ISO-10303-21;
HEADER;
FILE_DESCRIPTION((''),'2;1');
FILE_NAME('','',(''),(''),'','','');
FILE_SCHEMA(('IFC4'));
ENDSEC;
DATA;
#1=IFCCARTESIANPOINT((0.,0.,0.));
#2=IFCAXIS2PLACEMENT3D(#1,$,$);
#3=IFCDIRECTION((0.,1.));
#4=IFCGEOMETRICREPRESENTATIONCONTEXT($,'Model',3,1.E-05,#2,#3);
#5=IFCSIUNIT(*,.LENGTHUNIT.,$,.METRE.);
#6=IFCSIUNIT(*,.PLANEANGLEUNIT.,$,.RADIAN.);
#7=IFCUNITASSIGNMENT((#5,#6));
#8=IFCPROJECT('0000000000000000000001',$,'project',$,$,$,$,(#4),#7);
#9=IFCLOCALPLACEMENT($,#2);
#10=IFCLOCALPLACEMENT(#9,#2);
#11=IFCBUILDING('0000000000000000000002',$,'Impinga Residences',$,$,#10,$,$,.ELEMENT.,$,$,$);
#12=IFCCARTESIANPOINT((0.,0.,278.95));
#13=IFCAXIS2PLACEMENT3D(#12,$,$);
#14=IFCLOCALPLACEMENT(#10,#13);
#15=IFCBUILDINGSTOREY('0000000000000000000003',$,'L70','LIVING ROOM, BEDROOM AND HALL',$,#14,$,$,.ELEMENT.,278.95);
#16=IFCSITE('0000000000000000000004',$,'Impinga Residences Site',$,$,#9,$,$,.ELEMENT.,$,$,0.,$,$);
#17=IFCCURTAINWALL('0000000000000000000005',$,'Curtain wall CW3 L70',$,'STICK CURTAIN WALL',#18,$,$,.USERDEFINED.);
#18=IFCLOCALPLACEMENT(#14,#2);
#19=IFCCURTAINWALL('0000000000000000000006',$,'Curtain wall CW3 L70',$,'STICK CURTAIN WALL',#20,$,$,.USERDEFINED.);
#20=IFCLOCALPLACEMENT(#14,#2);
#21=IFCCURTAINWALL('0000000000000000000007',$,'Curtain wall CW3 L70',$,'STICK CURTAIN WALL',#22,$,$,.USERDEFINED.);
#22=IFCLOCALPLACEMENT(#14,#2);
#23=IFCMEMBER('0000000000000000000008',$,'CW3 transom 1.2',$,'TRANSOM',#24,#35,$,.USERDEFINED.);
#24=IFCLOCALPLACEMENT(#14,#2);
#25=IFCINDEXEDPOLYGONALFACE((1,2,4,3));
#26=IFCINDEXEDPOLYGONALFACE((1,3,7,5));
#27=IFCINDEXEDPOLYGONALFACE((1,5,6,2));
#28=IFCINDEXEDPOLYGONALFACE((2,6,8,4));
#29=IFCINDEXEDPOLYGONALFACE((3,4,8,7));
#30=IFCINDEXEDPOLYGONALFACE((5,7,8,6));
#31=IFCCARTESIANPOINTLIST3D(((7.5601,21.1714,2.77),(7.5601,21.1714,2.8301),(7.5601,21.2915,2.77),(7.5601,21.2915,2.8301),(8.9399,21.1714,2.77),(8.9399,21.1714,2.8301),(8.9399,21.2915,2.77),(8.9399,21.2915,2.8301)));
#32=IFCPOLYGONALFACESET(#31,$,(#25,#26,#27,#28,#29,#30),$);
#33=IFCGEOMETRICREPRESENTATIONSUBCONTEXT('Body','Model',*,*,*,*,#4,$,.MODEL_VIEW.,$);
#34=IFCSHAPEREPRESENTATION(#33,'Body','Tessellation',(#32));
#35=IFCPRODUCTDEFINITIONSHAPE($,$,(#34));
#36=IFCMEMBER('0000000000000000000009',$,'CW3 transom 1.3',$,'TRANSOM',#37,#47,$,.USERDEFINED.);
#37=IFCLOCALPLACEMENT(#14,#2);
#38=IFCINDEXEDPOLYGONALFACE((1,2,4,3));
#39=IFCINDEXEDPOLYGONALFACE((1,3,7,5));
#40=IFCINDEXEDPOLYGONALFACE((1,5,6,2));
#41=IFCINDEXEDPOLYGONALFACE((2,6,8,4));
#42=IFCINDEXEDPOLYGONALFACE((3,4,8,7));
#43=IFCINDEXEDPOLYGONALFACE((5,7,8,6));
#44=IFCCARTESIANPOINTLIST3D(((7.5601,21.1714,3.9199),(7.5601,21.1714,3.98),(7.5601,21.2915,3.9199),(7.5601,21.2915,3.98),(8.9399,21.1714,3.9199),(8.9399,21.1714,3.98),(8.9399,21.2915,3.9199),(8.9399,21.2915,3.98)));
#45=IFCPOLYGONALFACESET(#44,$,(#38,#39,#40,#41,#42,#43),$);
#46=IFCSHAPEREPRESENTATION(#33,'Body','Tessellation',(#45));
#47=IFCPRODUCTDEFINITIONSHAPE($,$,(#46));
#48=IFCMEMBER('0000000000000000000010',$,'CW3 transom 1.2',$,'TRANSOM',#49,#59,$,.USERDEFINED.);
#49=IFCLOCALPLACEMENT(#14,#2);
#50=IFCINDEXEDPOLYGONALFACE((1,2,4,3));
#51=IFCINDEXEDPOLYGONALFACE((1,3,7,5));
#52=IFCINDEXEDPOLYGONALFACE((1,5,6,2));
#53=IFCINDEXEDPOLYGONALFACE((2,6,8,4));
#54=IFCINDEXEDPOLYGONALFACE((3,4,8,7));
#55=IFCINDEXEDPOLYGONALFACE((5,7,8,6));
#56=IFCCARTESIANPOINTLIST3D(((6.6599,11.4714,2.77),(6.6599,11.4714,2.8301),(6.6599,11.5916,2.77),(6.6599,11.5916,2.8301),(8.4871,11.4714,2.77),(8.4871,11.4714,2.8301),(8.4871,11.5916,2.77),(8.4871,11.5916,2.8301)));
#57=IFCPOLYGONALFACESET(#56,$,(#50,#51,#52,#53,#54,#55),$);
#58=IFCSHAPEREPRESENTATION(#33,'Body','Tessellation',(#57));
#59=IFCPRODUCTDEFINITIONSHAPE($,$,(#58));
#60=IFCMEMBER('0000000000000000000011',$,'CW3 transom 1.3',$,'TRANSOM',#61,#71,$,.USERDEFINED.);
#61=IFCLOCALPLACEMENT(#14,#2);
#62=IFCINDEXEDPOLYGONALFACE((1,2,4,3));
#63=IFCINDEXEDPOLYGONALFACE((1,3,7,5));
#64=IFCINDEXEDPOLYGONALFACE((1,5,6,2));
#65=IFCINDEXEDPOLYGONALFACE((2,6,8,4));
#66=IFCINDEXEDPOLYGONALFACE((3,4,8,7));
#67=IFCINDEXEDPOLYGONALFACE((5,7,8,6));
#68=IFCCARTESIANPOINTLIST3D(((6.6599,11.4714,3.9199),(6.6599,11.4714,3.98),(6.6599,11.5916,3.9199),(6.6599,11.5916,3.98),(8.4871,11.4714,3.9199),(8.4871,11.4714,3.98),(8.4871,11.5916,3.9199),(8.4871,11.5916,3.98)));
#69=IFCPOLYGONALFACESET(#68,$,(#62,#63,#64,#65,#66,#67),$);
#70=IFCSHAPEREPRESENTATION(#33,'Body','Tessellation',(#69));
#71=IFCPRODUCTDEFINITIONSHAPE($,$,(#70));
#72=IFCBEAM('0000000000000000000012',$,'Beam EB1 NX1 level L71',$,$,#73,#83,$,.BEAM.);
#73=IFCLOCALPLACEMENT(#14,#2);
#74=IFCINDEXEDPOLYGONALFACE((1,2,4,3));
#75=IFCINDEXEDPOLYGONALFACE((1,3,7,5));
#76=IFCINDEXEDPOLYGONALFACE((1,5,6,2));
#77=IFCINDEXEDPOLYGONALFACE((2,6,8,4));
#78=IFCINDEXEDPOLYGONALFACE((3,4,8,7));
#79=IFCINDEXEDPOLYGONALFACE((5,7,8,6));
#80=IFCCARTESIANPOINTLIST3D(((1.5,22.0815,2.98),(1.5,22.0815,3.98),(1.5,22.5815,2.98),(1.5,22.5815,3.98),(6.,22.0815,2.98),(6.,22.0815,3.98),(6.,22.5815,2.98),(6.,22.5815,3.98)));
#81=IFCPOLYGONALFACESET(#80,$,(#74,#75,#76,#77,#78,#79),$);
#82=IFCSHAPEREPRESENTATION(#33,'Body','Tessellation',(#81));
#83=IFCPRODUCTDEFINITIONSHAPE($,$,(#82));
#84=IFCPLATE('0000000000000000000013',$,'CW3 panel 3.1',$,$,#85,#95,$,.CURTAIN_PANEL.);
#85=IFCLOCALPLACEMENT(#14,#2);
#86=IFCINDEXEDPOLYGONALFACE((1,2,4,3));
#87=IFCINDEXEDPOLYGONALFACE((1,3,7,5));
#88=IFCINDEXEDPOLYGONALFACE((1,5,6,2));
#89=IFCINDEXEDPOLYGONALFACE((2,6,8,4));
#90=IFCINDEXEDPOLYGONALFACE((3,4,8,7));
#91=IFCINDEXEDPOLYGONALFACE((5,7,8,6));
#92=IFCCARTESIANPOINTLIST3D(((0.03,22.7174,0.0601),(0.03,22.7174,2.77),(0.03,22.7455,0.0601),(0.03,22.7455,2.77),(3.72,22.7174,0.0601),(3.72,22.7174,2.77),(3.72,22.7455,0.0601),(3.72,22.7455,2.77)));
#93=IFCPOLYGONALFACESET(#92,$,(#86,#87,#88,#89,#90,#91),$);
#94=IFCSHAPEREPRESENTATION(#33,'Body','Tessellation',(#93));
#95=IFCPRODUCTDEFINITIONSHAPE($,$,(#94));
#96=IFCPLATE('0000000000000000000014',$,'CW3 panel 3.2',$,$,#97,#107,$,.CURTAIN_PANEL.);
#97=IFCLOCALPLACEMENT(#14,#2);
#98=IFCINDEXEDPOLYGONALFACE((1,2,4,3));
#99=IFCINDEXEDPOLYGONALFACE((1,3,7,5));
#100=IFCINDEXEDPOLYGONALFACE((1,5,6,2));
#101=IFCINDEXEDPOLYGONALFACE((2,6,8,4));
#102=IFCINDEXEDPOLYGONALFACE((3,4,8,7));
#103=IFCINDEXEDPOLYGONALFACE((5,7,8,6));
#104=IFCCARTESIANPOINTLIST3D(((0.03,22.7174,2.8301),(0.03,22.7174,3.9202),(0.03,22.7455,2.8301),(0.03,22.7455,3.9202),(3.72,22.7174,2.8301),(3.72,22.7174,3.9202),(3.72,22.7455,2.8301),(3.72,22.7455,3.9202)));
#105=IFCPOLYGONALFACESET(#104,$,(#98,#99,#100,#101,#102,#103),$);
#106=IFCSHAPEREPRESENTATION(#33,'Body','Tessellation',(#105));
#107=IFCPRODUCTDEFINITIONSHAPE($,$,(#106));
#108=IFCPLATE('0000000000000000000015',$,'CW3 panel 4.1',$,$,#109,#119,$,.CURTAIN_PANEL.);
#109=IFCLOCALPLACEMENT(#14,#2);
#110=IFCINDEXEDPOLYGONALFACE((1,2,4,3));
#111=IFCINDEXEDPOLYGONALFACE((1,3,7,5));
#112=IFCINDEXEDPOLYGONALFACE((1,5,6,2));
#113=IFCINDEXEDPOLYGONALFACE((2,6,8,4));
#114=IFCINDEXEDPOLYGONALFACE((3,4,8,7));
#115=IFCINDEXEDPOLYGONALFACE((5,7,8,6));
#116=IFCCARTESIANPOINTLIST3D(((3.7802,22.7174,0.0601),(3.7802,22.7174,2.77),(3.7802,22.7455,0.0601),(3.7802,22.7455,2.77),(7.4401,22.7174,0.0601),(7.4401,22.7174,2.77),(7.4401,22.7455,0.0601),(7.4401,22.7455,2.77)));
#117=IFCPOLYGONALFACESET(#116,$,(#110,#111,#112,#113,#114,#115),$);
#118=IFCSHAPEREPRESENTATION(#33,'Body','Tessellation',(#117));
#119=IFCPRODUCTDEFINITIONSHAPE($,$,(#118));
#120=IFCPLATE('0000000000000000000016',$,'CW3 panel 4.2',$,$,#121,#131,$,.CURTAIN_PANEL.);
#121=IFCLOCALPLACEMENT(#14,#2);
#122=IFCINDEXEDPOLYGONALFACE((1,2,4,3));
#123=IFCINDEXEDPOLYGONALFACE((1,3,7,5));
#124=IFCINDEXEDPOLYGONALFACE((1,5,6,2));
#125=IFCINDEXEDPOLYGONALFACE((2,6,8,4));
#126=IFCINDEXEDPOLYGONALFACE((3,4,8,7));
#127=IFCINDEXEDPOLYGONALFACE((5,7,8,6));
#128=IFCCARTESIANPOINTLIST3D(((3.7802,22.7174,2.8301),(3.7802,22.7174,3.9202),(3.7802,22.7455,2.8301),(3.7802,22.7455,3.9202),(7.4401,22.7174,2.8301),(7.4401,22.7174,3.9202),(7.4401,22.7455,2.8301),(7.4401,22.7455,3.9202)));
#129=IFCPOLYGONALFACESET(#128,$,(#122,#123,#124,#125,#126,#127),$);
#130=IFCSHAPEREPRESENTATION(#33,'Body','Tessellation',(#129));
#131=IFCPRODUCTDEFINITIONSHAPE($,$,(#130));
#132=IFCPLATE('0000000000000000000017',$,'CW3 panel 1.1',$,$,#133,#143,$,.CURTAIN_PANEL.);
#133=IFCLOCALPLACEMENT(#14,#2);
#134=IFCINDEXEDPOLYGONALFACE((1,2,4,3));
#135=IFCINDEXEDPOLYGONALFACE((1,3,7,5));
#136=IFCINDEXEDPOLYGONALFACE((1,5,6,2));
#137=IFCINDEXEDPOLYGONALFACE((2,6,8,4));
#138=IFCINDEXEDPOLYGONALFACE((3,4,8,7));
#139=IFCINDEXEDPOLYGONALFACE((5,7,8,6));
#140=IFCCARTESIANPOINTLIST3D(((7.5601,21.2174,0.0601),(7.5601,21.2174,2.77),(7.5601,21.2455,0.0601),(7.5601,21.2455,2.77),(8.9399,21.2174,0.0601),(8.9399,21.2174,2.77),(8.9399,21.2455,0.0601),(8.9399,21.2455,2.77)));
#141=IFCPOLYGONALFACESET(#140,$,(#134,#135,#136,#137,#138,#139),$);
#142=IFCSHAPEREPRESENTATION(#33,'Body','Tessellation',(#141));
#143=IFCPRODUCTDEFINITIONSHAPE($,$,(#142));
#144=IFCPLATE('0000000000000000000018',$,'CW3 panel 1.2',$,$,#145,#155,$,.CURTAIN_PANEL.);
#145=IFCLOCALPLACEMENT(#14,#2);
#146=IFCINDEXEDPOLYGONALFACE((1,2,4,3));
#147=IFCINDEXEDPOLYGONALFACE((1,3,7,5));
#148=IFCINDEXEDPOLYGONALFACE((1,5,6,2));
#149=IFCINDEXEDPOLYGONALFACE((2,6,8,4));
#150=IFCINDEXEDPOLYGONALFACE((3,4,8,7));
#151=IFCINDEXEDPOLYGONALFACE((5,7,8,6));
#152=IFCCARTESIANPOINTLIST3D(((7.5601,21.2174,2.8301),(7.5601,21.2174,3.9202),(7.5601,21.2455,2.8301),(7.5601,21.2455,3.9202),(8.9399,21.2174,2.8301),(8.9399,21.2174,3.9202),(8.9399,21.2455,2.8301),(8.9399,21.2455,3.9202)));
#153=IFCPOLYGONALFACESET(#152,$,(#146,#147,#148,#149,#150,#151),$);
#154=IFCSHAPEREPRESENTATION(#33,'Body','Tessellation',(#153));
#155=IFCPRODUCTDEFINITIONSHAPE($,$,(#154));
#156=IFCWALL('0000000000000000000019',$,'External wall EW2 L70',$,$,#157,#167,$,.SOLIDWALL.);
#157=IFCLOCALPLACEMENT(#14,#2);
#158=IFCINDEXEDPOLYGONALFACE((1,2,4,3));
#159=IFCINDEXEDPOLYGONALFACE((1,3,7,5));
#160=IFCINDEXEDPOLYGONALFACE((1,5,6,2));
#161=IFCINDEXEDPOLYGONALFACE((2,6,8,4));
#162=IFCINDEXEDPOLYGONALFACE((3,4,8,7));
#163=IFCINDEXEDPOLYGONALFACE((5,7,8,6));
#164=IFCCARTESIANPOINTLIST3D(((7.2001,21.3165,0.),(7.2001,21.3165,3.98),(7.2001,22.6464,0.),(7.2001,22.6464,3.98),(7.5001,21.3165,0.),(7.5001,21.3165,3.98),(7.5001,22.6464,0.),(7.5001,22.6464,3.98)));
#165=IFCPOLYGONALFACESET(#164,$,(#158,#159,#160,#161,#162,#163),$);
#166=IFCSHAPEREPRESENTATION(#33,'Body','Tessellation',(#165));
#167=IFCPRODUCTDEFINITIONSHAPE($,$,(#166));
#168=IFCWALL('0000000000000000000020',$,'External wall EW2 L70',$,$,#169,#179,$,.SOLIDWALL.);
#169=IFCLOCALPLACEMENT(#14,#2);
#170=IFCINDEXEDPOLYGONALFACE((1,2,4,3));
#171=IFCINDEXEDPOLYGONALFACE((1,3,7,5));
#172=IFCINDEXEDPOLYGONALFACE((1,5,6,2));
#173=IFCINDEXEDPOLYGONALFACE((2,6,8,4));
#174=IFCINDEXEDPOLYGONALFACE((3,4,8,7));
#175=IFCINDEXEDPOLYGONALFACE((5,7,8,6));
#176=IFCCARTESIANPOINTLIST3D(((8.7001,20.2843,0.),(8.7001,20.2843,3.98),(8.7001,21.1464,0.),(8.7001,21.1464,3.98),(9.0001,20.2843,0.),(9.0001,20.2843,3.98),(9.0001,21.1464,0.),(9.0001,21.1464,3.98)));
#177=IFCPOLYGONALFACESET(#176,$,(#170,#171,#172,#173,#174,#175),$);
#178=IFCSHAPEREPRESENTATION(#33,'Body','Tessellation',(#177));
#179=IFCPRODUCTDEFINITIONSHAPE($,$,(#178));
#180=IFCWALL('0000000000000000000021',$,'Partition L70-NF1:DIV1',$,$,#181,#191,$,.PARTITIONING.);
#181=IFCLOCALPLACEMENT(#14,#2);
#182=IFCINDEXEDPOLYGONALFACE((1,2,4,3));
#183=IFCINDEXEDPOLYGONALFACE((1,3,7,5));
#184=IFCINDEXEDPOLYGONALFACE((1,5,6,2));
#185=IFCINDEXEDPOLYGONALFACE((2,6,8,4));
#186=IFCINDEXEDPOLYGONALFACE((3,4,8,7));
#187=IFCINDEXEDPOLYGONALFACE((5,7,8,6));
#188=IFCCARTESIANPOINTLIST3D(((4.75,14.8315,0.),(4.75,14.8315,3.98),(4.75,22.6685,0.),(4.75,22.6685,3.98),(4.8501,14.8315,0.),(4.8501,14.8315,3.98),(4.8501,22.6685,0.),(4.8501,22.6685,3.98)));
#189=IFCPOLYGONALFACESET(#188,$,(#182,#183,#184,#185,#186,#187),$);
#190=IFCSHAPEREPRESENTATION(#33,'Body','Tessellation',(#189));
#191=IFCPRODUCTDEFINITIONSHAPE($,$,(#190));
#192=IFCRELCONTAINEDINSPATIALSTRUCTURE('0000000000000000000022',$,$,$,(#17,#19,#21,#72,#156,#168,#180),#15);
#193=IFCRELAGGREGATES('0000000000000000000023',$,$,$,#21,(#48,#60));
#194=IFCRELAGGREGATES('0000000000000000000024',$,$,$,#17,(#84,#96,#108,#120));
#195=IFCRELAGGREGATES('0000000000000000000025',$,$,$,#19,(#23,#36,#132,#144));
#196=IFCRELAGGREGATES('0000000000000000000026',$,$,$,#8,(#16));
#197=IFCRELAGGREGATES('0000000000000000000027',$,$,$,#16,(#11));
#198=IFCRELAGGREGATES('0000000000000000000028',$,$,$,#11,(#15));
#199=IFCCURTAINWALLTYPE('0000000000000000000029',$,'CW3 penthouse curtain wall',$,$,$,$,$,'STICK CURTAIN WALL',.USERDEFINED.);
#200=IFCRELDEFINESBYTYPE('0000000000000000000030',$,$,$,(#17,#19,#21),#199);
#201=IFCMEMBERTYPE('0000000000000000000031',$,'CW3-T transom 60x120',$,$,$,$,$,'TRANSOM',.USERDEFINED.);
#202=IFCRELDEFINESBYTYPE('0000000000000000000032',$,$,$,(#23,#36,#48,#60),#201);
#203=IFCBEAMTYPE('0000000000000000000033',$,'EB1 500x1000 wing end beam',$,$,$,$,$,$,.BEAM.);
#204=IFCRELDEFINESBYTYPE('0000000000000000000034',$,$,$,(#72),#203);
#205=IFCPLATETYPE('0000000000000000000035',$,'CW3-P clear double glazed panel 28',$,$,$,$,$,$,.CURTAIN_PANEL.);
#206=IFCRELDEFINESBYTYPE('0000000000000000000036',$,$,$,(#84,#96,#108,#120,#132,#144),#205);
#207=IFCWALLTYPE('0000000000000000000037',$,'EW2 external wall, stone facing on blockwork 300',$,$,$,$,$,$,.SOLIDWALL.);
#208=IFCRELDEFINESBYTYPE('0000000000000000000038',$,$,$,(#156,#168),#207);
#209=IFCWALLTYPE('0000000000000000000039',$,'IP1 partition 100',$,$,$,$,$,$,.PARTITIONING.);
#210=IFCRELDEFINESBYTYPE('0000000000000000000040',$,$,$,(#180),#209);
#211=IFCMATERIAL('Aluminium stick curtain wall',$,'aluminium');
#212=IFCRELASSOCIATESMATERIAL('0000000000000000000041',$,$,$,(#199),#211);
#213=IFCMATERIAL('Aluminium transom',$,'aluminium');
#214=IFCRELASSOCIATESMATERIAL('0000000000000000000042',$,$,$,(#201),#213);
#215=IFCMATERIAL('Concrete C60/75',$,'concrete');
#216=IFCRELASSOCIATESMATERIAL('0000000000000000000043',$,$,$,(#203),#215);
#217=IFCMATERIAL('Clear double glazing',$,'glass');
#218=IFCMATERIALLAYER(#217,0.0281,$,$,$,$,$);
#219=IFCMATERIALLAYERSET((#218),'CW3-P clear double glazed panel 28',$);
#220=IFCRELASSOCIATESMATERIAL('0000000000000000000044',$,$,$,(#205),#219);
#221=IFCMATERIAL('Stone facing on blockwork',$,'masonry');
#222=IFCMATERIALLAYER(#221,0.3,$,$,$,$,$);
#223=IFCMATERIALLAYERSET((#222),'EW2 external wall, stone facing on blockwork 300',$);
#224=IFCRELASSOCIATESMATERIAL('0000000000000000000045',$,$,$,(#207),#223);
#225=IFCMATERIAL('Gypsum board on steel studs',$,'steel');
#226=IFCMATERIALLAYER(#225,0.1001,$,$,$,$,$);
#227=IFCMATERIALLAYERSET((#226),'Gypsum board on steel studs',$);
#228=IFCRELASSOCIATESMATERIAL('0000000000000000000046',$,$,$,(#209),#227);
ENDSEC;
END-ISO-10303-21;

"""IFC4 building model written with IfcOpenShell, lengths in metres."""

from ifc_helpers import new_model, si_unit, direction, frame, frame_2d, origin, origin_2d, place, context, subcontext, project, spatial, rectangle, extrude, material, layer, layer_set, material_profile, profile_set, type_object, element, aggregate, save


model = new_model("IFC4")

# Units and contexts
model_context = context("Model", 3, precision=1e-05, world=origin(), true_north=direction((0.0, 1.0)))
body_context = subcontext(model_context, "Body", "Model", "MODEL_VIEW")
ifc_project = project(units=[si_unit("LENGTHUNIT", "METRE"), si_unit("PLANEANGLEUNIT", "RADIAN")], contexts=[model_context])

# Site, building, storey
site_placement = place(None, origin())
site = spatial("IfcSite", under=ifc_project, at=site_placement, Name="Impinga Residences Site", CompositionType="ELEMENT", RefElevation=0.0)
building_placement = place(site_placement, origin())
building = spatial("IfcBuilding", under=site, at=building_placement, Name="Impinga Residences", CompositionType="ELEMENT")
storey_placement = place(building_placement, frame((0.0, 0.0, 278.95)))
storey = spatial("IfcBuildingStorey", under=building, at=storey_placement, Name="L70", Description="LIVING ROOM, BEDROOM AND HALL", CompositionType="ELEMENT", Elevation=278.95)

# Shared definitions
ifc_material_1 = material(Name="Concrete C60/75", Category="concrete")

# Curtain walls
ifc_material_2 = material(Name="Aluminium stick curtain wall", Category="aluminium")
curtain_wall_type = type_object("IfcCurtainWallType", Name="CW3 penthouse curtain wall", ElementType="STICK CURTAIN WALL", PredefinedType="USERDEFINED", material=ifc_material_2)
curtain_wall_1_placement = place(storey_placement, origin())
curtain_wall_1 = element("IfcCurtainWall", 1, at=curtain_wall_1_placement, inside=storey, type_object=curtain_wall_type, Name="Curtain wall CW3 L70", ObjectType="STICK CURTAIN WALL", PredefinedType="USERDEFINED")
curtain_wall_2_placement = place(storey_placement, origin())
curtain_wall_2 = element("IfcCurtainWall", 2, at=curtain_wall_2_placement, inside=storey, type_object=curtain_wall_type, Name="Curtain wall CW3 L70", ObjectType="STICK CURTAIN WALL", PredefinedType="USERDEFINED")

# Curtain wall
curtain_wall_3_placement = place(storey_placement, origin())
curtain_wall_3 = element("IfcCurtainWall", 3, at=curtain_wall_3_placement, inside=storey, type_object=curtain_wall_type, Name="Curtain wall CW3 L70", ObjectType="STICK CURTAIN WALL", PredefinedType="USERDEFINED")

# Members
ifc_material_3 = material(Name="Aluminium transom", Category="aluminium")
ifc_material_profile_1 = material_profile(ifc_material_3, rectangle(XDim=0.0601, YDim=0.1201, at=origin_2d()), Name="60x120 transom")
ifc_profile_set_1 = profile_set([ifc_material_profile_1], Name="Aluminium transom")
member_type_1 = type_object("IfcMemberType", Name="CW3-T transom 60x120", ElementType="TRANSOM", PredefinedType="USERDEFINED", material=ifc_profile_set_1)
member_1_placement = place(storey_placement, frame((7.5601, 21.2314, 2.8), z_axis=(1.0, 0.0, 0.0), x_axis=(0.0, 0.0, 1.0)))
member_1 = element("IfcMember", 4, at=member_1_placement, type_object=member_type_1, Name="CW3 transom 1.2", ObjectType="TRANSOM", PredefinedType="USERDEFINED", context=body_context, shape_type="SweptSolid", body=[
    extrude(rectangle(XDim=0.0601, YDim=0.1201, at=origin_2d()), origin(), (0.0, 0.0, 1.0), 1.3799),
])
member_2_placement = place(storey_placement, frame((7.5601, 21.2314, 3.95), z_axis=(1.0, 0.0, 0.0), x_axis=(0.0, 0.0, 1.0)))
member_2 = element("IfcMember", 5, at=member_2_placement, type_object=member_type_1, Name="CW3 transom 1.3", ObjectType="TRANSOM", PredefinedType="USERDEFINED", context=body_context, shape_type="SweptSolid", body=[
    extrude(rectangle(XDim=0.0601, YDim=0.1201, at=origin_2d()), origin(), (0.0, 0.0, 1.0), 1.3799),
])
member_3_placement = place(storey_placement, frame((8.4871, 11.5315, 2.8), z_axis=(-1.0, 0.0, 0.0), x_axis=(0.0, 0.0, 1.0)))
member_3 = element("IfcMember", 6, at=member_3_placement, type_object=member_type_1, Name="CW3 transom 1.2", ObjectType="TRANSOM", PredefinedType="USERDEFINED", context=body_context, shape_type="SweptSolid", body=[
    extrude(rectangle(XDim=0.0601, YDim=0.1201, at=origin_2d()), origin(), (0.0, 0.0, 1.0), 1.8271),
])
member_4_placement = place(storey_placement, frame((8.4871, 11.5315, 3.95), z_axis=(-1.0, 0.0, 0.0), x_axis=(0.0, 0.0, 1.0)))
member_4 = element("IfcMember", 7, at=member_4_placement, type_object=member_type_1, Name="CW3 transom 1.3", ObjectType="TRANSOM", PredefinedType="USERDEFINED", context=body_context, shape_type="SweptSolid", body=[
    extrude(rectangle(XDim=0.0601, YDim=0.1201, at=origin_2d()), origin(), (0.0, 0.0, 1.0), 1.8271),
])
aggregate(curtain_wall_3, [member_3, member_4])

# Beam
ifc_material_profile_2 = material_profile(ifc_material_1, rectangle(XDim=0.5, YDim=1.0, at=origin_2d()), Name="RC 500x1000")
ifc_profile_set_2 = profile_set([ifc_material_profile_2], Name="Concrete C60/75")
beam_type_1 = type_object("IfcBeamType", Name="EB1 500x1000 wing end beam", PredefinedType="BEAM", material=ifc_profile_set_2)
beam_1_placement = place(storey_placement, frame((1.5, 22.3315, 3.48), z_axis=(1.0, 0.0, 0.0), x_axis=(0.0, 1.0, 0.0)))
element("IfcBeam", 8, at=beam_1_placement, inside=storey, type_object=beam_type_1, Name="Beam EB1 NX1 level L71", PredefinedType="BEAM", context=body_context, shape_type="SweptSolid", body=[
    extrude(rectangle(XDim=0.5, YDim=1.0, at=origin_2d()), origin(), (0.0, 0.0, 1.0), 4.5),
])

# Plates
ifc_material_4 = material(Name="Clear double glazing", Category="glass")
ifc_layer_1 = layer(ifc_material_4, 0.0281)
ifc_layer_set_1 = layer_set([ifc_layer_1], Name="CW3-P clear double glazed panel 28")
plate_type = type_object("IfcPlateType", Name="CW3-P clear double glazed panel 28", PredefinedType="CURTAIN_PANEL", material=ifc_layer_set_1)
plate_1_placement = place(storey_placement, frame((1.875, 22.7314, 0.0601), z_axis=(0.0, 0.0, 1.0), x_axis=(1.0, 0.0, 0.0)))
plate_1 = element("IfcPlate", 9, at=plate_1_placement, type_object=plate_type, Name="CW3 panel 3.1", PredefinedType="CURTAIN_PANEL", context=body_context, shape_type="SweptSolid", body=[
    extrude(rectangle(XDim=3.6899, YDim=0.0281, at=origin_2d()), origin(), (0.0, 0.0, 1.0), 2.71),
])
plate_2_placement = place(storey_placement, frame((1.875, 22.7314, 2.8301), z_axis=(0.0, 0.0, 1.0), x_axis=(1.0, 0.0, 0.0)))
plate_2 = element("IfcPlate", 10, at=plate_2_placement, type_object=plate_type, Name="CW3 panel 3.2", PredefinedType="CURTAIN_PANEL", context=body_context, shape_type="SweptSolid", body=[
    extrude(rectangle(XDim=3.6899, YDim=0.0281, at=origin_2d()), origin(), (0.0, 0.0, 1.0), 1.0901),
])
plate_3_placement = place(storey_placement, frame((5.6101, 22.7314, 0.0601), z_axis=(0.0, 0.0, 1.0), x_axis=(1.0, 0.0, 0.0)))
plate_3 = element("IfcPlate", 11, at=plate_3_placement, type_object=plate_type, Name="CW3 panel 4.1", PredefinedType="CURTAIN_PANEL", context=body_context, shape_type="SweptSolid", body=[
    extrude(rectangle(XDim=3.6599, YDim=0.0281, at=origin_2d()), origin(), (0.0, 0.0, 1.0), 2.71),
])
plate_4_placement = place(storey_placement, frame((5.6101, 22.7314, 2.8301), z_axis=(0.0, 0.0, 1.0), x_axis=(1.0, 0.0, 0.0)))
plate_4 = element("IfcPlate", 12, at=plate_4_placement, type_object=plate_type, Name="CW3 panel 4.2", PredefinedType="CURTAIN_PANEL", context=body_context, shape_type="SweptSolid", body=[
    extrude(rectangle(XDim=3.6599, YDim=0.0281, at=origin_2d()), origin(), (0.0, 0.0, 1.0), 1.0901),
])
aggregate(curtain_wall_1, [plate_1, plate_2, plate_3, plate_4])
plate_5_placement = place(storey_placement, frame((8.25, 21.2314, 0.0601), z_axis=(0.0, 0.0, 1.0), x_axis=(1.0, 0.0, 0.0)))
plate_5 = element("IfcPlate", 13, at=plate_5_placement, type_object=plate_type, Name="CW3 panel 1.1", PredefinedType="CURTAIN_PANEL", context=body_context, shape_type="SweptSolid", body=[
    extrude(rectangle(XDim=1.3799, YDim=0.0281, at=origin_2d()), origin(), (0.0, 0.0, 1.0), 2.71),
])
plate_6_placement = place(storey_placement, frame((8.25, 21.2314, 2.8301), z_axis=(0.0, 0.0, 1.0), x_axis=(1.0, 0.0, 0.0)))
plate_6 = element("IfcPlate", 14, at=plate_6_placement, type_object=plate_type, Name="CW3 panel 1.2", PredefinedType="CURTAIN_PANEL", context=body_context, shape_type="SweptSolid", body=[
    extrude(rectangle(XDim=1.3799, YDim=0.0281, at=origin_2d()), origin(), (0.0, 0.0, 1.0), 1.0901),
])
aggregate(curtain_wall_2, [member_1, member_2, plate_5, plate_6])

# Walls
ifc_material_5 = material(Name="Stone facing on blockwork", Category="masonry")
ifc_layer_2 = layer(ifc_material_5, 0.3)
ifc_layer_set_2 = layer_set([ifc_layer_2], Name="EW2 external wall, stone facing on blockwork 300")
wall_type_1 = type_object("IfcWallType", Name="EW2 external wall, stone facing on blockwork 300", PredefinedType="SOLIDWALL", material=ifc_layer_set_2)
wall_1_placement = place(storey_placement, frame((7.3501, 22.6465, 0.0), z_axis=(0.0, 0.0, 1.0), x_axis=(0.0, -1.0, 0.0)))
element("IfcWall", 15, at=wall_1_placement, inside=storey, type_object=wall_type_1, Name="External wall EW2 L70", PredefinedType="SOLIDWALL", context=body_context, shape_type="SweptSolid", body=[
    extrude(rectangle(XDim=1.3298, YDim=0.3, at=frame_2d((0.665, 0.0))), origin(), (0.0, 0.0, 1.0), 3.98),
])
wall_2_placement = place(storey_placement, frame((8.8501, 21.1465, 0.0), z_axis=(0.0, 0.0, 1.0), x_axis=(0.0, -1.0, 0.0)))
element("IfcWall", 16, at=wall_2_placement, inside=storey, type_object=wall_type_1, Name="External wall EW2 L70", PredefinedType="SOLIDWALL", context=body_context, shape_type="SweptSolid", body=[
    extrude(rectangle(XDim=0.8621, YDim=0.3, at=frame_2d((0.4312, 0.0))), origin(), (0.0, 0.0, 1.0), 3.98),
])
ifc_material_6 = material(Name="Gypsum board on steel studs", Category="steel")
ifc_layer_3 = layer(ifc_material_6, 0.1001)
ifc_layer_set_3 = layer_set([ifc_layer_3], Name="Gypsum board on steel studs")
wall_type_2 = type_object("IfcWallType", Name="IP1 partition 100", PredefinedType="PARTITIONING", material=ifc_layer_set_3)
wall_3_placement = place(storey_placement, frame((4.8, 14.8315, 0.0), z_axis=(0.0, 0.0, 1.0), x_axis=(0.0, 1.0, 0.0)))
element("IfcWall", 17, at=wall_3_placement, inside=storey, type_object=wall_type_2, Name="Partition L70-NF1:DIV1", PredefinedType="PARTITIONING", context=body_context, shape_type="SweptSolid", body=[
    extrude(rectangle(XDim=7.8369, YDim=0.1001, at=frame_2d((3.9185, 0.0))), origin(), (0.0, 0.0, 1.0), 3.98),
])

save(model, "model.ifc")
